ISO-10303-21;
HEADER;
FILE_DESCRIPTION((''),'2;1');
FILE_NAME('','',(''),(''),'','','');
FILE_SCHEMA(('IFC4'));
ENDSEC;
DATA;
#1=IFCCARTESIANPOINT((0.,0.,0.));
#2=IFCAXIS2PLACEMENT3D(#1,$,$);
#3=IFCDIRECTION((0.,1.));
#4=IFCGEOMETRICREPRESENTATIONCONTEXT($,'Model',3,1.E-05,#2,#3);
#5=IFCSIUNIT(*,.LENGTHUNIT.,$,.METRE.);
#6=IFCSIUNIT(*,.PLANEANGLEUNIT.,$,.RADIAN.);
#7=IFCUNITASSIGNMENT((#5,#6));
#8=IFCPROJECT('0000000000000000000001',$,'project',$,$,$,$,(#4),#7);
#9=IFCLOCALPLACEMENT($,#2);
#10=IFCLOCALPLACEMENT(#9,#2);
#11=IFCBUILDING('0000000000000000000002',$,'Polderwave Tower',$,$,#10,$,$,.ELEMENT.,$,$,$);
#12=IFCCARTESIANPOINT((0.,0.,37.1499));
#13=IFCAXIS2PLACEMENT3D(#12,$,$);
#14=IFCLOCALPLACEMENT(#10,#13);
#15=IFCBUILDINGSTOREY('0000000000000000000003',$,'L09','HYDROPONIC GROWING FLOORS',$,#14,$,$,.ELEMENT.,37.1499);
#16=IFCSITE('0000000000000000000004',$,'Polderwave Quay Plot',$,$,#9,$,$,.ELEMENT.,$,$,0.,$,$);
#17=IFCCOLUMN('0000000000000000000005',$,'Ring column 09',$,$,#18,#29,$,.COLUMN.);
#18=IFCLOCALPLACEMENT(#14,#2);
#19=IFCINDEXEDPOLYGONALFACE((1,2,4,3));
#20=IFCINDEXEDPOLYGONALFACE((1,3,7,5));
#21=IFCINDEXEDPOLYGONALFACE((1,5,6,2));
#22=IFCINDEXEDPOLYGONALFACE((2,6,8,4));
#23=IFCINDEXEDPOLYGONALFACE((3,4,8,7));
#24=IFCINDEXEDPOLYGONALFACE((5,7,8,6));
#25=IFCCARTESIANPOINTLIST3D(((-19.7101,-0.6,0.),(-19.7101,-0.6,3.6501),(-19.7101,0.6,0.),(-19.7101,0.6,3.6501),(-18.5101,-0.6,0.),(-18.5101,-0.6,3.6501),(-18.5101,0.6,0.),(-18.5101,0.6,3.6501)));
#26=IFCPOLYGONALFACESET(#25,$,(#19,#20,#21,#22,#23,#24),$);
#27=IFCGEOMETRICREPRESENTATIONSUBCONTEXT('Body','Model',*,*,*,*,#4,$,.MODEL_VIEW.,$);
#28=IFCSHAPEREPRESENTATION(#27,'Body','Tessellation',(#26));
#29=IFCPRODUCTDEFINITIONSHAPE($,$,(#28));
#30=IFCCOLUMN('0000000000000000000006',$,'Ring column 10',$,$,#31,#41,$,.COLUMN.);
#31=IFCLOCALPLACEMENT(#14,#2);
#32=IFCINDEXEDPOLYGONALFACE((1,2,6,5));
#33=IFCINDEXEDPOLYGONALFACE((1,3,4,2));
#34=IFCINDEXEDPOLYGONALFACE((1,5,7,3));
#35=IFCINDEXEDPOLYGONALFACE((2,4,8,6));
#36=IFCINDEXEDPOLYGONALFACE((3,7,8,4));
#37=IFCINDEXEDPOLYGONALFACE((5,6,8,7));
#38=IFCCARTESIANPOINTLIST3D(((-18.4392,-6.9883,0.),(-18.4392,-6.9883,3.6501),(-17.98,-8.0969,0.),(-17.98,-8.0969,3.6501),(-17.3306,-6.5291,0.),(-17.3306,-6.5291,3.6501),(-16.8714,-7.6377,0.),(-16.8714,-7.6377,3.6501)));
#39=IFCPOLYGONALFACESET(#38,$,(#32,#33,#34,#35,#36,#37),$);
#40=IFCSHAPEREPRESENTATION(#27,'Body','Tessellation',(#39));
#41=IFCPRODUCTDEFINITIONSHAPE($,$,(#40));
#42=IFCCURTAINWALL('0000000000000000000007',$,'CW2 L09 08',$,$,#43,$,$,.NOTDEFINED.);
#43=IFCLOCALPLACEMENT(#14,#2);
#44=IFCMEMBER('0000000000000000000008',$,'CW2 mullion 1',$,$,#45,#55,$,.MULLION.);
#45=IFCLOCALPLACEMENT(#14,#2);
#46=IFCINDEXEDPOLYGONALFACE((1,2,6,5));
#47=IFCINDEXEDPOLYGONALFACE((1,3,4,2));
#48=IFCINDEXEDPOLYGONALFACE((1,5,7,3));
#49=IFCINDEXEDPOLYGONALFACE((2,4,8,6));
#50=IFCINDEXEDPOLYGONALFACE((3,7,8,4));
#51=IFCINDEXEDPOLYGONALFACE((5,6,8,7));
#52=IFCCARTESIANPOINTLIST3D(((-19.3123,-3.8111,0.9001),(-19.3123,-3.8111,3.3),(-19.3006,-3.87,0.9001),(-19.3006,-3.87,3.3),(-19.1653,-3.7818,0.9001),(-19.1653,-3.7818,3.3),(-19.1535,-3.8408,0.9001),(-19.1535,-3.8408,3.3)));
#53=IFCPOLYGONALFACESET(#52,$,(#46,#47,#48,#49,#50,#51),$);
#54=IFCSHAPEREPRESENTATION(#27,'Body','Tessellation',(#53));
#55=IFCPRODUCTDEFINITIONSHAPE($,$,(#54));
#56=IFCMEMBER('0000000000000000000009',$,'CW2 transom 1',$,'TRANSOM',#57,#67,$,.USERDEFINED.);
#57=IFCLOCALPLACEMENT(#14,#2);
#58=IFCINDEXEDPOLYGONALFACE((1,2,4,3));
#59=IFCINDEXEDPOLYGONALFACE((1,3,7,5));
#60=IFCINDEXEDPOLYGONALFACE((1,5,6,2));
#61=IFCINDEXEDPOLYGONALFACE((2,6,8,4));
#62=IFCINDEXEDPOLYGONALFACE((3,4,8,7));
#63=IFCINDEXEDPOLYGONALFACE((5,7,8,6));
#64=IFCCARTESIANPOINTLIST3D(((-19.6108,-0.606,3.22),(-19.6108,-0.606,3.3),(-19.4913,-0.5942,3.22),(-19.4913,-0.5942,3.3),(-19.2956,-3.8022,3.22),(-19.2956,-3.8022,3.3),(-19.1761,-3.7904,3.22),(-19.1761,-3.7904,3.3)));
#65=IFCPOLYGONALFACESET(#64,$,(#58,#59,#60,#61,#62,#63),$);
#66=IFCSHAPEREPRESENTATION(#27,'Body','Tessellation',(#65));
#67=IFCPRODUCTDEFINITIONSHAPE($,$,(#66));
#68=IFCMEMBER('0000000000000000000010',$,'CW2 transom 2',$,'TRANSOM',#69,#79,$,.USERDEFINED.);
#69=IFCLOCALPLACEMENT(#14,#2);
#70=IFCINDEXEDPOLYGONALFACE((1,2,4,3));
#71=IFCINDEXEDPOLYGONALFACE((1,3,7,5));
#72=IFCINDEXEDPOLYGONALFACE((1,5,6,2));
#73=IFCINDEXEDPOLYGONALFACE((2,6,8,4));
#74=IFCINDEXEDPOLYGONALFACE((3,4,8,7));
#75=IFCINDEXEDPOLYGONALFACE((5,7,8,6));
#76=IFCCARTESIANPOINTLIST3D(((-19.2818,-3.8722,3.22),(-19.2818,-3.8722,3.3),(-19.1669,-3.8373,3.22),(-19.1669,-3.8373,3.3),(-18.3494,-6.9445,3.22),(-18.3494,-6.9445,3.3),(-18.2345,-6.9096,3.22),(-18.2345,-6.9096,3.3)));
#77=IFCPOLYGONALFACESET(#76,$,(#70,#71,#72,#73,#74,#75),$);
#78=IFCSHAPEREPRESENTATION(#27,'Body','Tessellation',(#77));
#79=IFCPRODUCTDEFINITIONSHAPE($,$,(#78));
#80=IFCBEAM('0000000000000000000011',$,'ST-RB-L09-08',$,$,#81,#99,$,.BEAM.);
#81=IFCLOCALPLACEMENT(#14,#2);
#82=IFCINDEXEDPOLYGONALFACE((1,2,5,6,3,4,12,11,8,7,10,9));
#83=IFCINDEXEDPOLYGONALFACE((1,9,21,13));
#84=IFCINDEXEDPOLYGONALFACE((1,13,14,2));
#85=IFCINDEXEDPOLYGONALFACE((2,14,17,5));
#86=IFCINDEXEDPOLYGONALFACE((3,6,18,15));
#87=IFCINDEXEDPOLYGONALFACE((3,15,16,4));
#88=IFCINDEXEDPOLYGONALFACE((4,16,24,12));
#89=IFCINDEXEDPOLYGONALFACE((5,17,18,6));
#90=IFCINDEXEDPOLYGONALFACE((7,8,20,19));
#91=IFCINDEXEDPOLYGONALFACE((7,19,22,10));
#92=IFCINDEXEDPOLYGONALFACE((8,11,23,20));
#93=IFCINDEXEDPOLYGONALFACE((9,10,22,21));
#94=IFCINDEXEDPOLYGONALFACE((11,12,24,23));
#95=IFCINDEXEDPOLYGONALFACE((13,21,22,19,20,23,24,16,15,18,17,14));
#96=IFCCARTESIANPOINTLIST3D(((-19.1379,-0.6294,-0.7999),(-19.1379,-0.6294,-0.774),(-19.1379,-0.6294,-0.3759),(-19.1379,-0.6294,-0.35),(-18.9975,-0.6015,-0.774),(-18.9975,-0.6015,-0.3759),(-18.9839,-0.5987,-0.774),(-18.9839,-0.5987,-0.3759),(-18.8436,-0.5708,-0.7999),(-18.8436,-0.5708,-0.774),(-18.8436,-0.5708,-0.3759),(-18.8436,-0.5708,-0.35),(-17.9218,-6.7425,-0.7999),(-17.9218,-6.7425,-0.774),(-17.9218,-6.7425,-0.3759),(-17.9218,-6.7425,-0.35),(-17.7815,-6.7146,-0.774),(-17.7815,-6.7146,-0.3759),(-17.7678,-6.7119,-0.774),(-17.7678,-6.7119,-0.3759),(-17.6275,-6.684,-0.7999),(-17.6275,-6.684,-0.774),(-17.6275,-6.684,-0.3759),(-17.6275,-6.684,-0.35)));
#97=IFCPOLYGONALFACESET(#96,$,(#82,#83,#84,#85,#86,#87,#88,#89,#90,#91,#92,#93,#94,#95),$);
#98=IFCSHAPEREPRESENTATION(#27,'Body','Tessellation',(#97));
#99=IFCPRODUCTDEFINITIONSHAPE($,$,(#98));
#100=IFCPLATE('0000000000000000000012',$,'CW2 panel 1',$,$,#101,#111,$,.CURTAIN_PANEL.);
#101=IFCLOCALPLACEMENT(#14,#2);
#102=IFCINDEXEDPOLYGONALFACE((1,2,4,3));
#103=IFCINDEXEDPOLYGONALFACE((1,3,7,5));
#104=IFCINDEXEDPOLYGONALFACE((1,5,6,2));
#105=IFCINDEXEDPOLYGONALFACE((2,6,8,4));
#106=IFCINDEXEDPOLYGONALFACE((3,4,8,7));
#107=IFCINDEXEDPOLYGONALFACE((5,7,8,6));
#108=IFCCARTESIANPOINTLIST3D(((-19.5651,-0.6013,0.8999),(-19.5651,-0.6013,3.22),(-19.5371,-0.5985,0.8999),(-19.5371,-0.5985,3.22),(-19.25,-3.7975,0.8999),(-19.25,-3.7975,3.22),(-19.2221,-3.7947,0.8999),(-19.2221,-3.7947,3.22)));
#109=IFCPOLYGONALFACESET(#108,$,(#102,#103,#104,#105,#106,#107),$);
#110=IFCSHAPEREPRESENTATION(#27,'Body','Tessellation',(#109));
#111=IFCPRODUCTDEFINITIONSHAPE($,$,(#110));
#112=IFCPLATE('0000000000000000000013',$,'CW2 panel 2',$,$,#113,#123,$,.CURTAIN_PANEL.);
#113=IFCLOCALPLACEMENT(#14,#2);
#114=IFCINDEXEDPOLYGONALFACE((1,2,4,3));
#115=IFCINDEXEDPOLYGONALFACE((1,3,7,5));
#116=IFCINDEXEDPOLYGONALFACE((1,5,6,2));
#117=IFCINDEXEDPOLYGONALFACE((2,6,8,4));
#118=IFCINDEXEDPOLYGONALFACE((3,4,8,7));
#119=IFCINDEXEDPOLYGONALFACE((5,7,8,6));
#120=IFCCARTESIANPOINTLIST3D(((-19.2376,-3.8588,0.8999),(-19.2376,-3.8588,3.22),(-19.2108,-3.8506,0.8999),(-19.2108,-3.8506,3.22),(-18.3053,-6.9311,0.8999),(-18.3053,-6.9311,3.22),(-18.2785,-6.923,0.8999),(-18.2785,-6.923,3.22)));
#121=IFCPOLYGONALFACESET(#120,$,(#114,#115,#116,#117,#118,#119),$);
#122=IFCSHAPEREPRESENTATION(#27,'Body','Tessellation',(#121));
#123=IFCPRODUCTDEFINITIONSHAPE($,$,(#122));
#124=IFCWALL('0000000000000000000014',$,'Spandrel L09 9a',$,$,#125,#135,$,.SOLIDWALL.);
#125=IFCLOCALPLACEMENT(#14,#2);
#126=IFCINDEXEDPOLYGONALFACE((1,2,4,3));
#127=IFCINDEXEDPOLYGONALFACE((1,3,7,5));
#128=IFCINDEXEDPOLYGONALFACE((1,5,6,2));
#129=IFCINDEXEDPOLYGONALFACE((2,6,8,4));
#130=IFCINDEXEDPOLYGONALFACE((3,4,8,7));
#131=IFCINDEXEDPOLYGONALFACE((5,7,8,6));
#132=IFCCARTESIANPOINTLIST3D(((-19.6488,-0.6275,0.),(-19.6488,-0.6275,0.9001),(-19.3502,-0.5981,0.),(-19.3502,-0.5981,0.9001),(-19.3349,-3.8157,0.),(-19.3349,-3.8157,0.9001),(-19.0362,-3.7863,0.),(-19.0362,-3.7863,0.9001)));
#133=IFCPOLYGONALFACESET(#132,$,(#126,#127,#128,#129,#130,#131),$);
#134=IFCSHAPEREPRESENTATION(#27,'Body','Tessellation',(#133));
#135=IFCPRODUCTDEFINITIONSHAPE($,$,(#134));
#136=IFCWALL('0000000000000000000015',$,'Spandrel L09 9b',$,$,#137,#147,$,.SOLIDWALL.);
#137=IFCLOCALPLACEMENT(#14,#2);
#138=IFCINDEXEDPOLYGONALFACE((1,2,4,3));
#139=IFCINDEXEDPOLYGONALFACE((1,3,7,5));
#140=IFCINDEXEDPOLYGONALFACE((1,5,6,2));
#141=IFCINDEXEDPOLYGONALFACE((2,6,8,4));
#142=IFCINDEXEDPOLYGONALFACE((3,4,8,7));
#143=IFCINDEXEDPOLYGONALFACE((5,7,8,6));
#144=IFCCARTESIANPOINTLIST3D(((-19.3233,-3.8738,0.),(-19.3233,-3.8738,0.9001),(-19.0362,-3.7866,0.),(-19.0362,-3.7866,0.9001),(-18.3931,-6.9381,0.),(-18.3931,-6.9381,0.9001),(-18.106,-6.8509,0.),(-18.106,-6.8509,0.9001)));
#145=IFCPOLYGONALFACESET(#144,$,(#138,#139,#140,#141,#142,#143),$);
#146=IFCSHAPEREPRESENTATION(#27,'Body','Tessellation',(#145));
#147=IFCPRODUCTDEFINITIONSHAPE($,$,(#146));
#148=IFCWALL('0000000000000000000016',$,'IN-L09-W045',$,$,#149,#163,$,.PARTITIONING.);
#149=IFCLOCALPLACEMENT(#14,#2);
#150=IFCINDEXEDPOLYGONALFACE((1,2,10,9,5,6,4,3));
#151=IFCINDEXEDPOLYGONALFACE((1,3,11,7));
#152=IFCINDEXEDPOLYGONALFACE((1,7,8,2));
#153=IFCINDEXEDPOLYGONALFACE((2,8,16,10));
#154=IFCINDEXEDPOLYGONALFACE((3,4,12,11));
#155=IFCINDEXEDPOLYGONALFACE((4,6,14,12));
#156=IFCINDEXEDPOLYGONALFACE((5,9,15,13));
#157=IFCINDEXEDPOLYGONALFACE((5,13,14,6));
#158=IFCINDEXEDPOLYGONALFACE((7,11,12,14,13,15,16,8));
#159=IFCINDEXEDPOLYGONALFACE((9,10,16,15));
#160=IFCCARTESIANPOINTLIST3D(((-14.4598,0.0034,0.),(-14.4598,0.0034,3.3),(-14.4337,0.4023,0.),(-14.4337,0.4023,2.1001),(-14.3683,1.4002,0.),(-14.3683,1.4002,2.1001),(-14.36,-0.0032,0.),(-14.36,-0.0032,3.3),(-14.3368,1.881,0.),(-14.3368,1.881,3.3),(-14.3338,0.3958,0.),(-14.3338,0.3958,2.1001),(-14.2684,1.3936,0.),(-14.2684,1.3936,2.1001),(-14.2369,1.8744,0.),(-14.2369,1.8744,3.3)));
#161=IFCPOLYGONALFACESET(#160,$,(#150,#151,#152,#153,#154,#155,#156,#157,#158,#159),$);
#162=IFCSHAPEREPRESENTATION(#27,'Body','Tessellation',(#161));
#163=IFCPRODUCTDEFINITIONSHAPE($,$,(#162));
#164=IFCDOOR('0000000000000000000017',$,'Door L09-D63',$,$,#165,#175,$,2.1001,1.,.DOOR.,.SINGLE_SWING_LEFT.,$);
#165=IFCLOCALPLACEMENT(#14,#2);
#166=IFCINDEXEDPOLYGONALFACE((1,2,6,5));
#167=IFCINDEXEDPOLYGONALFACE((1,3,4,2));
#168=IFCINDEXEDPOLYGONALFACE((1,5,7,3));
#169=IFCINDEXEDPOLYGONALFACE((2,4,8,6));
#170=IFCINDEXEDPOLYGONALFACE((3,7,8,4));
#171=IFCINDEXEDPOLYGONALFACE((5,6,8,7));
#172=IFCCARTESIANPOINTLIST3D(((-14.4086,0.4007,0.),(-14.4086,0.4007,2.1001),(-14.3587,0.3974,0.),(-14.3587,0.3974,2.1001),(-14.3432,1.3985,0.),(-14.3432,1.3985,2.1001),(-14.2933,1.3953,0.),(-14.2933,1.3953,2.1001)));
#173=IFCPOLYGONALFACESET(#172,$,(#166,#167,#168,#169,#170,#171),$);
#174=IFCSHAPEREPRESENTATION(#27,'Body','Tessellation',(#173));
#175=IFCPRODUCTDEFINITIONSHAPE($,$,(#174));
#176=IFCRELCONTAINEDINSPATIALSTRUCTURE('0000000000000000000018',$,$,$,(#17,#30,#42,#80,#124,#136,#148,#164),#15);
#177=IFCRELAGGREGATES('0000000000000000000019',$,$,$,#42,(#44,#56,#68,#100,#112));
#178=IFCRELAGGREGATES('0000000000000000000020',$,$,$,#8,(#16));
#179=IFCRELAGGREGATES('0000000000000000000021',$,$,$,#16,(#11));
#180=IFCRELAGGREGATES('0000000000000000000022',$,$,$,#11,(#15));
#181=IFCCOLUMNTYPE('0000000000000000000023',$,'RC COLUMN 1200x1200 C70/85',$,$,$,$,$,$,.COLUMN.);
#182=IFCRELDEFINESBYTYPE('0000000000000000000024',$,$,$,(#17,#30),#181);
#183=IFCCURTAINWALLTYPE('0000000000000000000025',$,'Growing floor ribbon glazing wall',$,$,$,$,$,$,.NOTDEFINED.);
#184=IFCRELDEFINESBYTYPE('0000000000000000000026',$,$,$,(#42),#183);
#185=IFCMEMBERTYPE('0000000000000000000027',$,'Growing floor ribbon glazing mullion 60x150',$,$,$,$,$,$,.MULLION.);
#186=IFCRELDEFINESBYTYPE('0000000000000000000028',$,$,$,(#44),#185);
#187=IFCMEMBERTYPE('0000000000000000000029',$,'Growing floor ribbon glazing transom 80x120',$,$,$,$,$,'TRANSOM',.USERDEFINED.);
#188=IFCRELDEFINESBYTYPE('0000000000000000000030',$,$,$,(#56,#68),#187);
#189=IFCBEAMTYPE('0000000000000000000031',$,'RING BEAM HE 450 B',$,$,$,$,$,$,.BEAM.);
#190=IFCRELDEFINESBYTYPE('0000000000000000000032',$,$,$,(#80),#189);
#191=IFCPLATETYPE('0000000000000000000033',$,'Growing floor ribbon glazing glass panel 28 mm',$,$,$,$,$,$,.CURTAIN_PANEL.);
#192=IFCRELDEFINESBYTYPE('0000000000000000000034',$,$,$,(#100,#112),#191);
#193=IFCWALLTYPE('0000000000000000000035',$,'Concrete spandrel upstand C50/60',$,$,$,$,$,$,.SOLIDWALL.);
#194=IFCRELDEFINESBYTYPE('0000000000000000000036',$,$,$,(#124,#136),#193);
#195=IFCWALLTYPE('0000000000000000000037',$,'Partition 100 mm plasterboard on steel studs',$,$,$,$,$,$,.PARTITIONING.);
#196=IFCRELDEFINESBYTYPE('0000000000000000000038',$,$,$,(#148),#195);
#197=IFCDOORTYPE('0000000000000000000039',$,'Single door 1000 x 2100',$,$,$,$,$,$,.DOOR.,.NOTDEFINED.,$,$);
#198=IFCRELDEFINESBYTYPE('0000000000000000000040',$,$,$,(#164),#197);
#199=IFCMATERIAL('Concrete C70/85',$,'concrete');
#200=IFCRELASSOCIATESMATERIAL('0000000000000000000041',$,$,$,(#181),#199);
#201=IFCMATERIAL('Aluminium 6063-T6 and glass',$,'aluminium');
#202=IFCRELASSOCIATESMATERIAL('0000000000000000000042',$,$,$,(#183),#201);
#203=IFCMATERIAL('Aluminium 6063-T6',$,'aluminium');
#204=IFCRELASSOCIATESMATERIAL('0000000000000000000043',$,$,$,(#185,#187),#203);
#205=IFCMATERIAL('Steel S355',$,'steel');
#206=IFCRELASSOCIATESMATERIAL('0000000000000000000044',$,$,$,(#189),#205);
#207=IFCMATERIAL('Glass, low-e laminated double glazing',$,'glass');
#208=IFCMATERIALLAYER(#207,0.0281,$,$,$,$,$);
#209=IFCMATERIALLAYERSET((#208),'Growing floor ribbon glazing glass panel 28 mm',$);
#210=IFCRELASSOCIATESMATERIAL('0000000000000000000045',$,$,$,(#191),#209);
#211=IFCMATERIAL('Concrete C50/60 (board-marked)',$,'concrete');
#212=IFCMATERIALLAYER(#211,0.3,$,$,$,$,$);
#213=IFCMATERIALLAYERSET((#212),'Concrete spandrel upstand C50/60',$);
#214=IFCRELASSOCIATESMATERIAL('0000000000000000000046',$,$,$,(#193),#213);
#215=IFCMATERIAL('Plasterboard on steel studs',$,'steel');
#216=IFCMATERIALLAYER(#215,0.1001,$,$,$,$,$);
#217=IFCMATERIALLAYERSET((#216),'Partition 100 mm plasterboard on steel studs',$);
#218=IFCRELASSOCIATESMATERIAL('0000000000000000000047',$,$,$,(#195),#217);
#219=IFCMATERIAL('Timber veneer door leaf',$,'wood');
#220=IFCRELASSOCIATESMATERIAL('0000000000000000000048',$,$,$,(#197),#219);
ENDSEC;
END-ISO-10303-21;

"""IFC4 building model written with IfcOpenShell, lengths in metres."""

from ifc_helpers import new_model, si_unit, direction, frame, frame_2d, origin, origin_2d, place, context, subcontext, project, spatial, rectangle, i_section, extrude, material, layer, layer_set, material_profile, profile_set, type_object, element, fill, aggregate, save


model = new_model("IFC4")

# Units and contexts
model_context = context("Model", 3, precision=1e-05, world=origin(), true_north=direction((0.0, 1.0)))
body_context = subcontext(model_context, "Body", "Model", "MODEL_VIEW")
ifc_project = project(units=[si_unit("LENGTHUNIT", "METRE"), si_unit("PLANEANGLEUNIT", "RADIAN")], contexts=[model_context])

# Site, building, storey
site_placement = place(None, origin())
site = spatial("IfcSite", under=ifc_project, at=site_placement, Name="Polderwave Quay Plot", CompositionType="ELEMENT", RefElevation=0.0)
building_placement = place(site_placement, origin())
building = spatial("IfcBuilding", under=site, at=building_placement, Name="Polderwave Tower", CompositionType="ELEMENT")
storey_placement = place(building_placement, frame((0.0, 0.0, 37.1499)))
storey = spatial("IfcBuildingStorey", under=building, at=storey_placement, Name="L09", Description="HYDROPONIC GROWING FLOORS", CompositionType="ELEMENT", Elevation=37.1499)

# Columns
ifc_material_1 = material(Name="Concrete C70/85", Category="concrete")
ifc_material_profile_1 = material_profile(ifc_material_1, rectangle(XDim=1.2, YDim=1.2, at=origin_2d()), Name="RC 1200x1200")
ifc_profile_set_1 = profile_set([ifc_material_profile_1], Name="Concrete C70/85")
column_type = type_object("IfcColumnType", Name="RC COLUMN 1200x1200 C70/85", PredefinedType="COLUMN", material=ifc_profile_set_1)
for number, where, z_axis, x_axis, name in (
    (1, (-19.1101, 0.0, 0.0), (0.0, 0.0, 1.0), (-1.0, 0.0, 0.0), "Ring column 09"),
    (2, (-17.6553, -7.313, 0.0), (0.0, 0.0, 1.0), (-0.92388, -0.382683, 0.0), "Ring column 10"),
):
    element("IfcColumn", number, at=place(storey_placement, frame(where, z_axis=z_axis, x_axis=x_axis)), inside=storey, type_object=column_type, Name=name, PredefinedType="COLUMN", context=body_context, shape_type="SweptSolid", body=[
        extrude(rectangle(XDim=1.2, YDim=1.2, at=origin_2d()), origin(), (0.0, 0.0, 1.0), 3.6501),
    ])

# Curtain wall, members
ifc_material_2 = material(Name="Aluminium 6063-T6 and glass", Category="aluminium")
curtain_wall_type = type_object("IfcCurtainWallType", Name="Growing floor ribbon glazing wall", PredefinedType="NOTDEFINED", material=ifc_material_2)
curtain_wall_placement = place(storey_placement, origin())
curtain_wall = element("IfcCurtainWall", 3, at=curtain_wall_placement, inside=storey, type_object=curtain_wall_type, Name="CW2 L09 08", PredefinedType="NOTDEFINED")
ifc_material_3 = material(Name="Aluminium 6063-T6", Category="aluminium")
ifc_material_profile_2 = material_profile(ifc_material_3, rectangle(XDim=0.1499, YDim=0.0601, at=origin_2d()), Name="AL 60x150")
ifc_profile_set_2 = profile_set([ifc_material_profile_2], Name="Aluminium 6063-T6")
member_type_1 = type_object("IfcMemberType", Name="Growing floor ribbon glazing mullion 60x150", PredefinedType="MULLION", material=ifc_profile_set_2)
member_1_placement = place(storey_placement, frame((-19.2329, -3.8259, 0.9001), z_axis=(0.0, 0.0, 1.0), x_axis=(0.980768, 0.195178, 0.0)))
member_1 = element("IfcMember", 4, at=member_1_placement, type_object=member_type_1, Name="CW2 mullion 1", PredefinedType="MULLION", context=body_context, shape_type="SweptSolid", body=[
    extrude(rectangle(XDim=0.1499, YDim=0.0601, at=origin_2d()), origin(), (0.0, 0.0, 1.0), 2.3999),
])
ifc_material_profile_3 = material_profile(ifc_material_3, rectangle(XDim=0.1201, YDim=0.0801, at=origin_2d()), Name="AL 80x120")
ifc_profile_set_3 = profile_set([ifc_material_profile_3], Name="Aluminium 6063-T6")
member_type_2 = type_object("IfcMemberType", Name="Growing floor ribbon glazing transom 80x120", ElementType="TRANSOM", PredefinedType="USERDEFINED", material=ifc_profile_set_3)
member_2_placement = place(storey_placement, frame((-19.551, -0.6001, 3.26), z_axis=(0.098141, -0.995172, 0.0), x_axis=(0.995172, 0.098141, 0.0)))
member_2 = element("IfcMember", 5, at=member_2_placement, type_object=member_type_2, Name="CW2 transom 1", ObjectType="TRANSOM", PredefinedType="USERDEFINED", context=body_context, shape_type="SweptSolid", body=[
    extrude(rectangle(XDim=0.1201, YDim=0.0801, at=origin_2d()), origin(), (0.0, 0.0, 1.0), 3.2117),
])
member_3_placement = place(storey_placement, frame((-19.2244, -3.8547, 3.26), z_axis=(0.290402, -0.956905, 0.0), x_axis=(0.956905, 0.290402, 0.0)))
member_3 = element("IfcMember", 6, at=member_3_placement, type_object=member_type_2, Name="CW2 transom 2", ObjectType="TRANSOM", PredefinedType="USERDEFINED", context=body_context, shape_type="SweptSolid", body=[
    extrude(rectangle(XDim=0.1201, YDim=0.0801, at=origin_2d()), origin(), (0.0, 0.0, 1.0), 3.2107),
])

# Beam
ifc_material_4 = material(Name="Steel S355", Category="steel")
ifc_material_profile_4 = material_profile(ifc_material_4, i_section(OverallWidth=0.3, OverallDepth=0.45, WebThickness=0.0139, FlangeThickness=0.0259, at=origin_2d()), Name="HE 450 B")
ifc_profile_set_4 = profile_set([ifc_material_profile_4], Name="Steel S355")
beam_type = type_object("IfcBeamType", Name="RING BEAM HE 450 B", PredefinedType="BEAM", material=ifc_profile_set_4)
beam_placement = place(storey_placement, frame((-18.9907, -0.6001, -0.575), z_axis=(0.195107, -0.980782, 0.0), x_axis=(0.980782, 0.195107, 0.0)))
element("IfcBeam", 7, at=beam_placement, inside=storey, type_object=beam_type, Name="ST-RB-L09-08", PredefinedType="BEAM", context=body_context, shape_type="SweptSolid", body=[
    extrude(i_section(OverallWidth=0.3, OverallDepth=0.45, WebThickness=0.0139, FlangeThickness=0.0259, at=origin_2d()), origin(), (0.0, 0.0, 1.0), 6.2329),
])

# Plates
ifc_material_5 = material(Name="Glass, low-e laminated double glazing", Category="glass")
ifc_layer_1 = layer(ifc_material_5, 0.0281)
ifc_layer_set_1 = layer_set([ifc_layer_1], Name="Growing floor ribbon glazing glass panel 28 mm")
plate_type = type_object("IfcPlateType", Name="Growing floor ribbon glazing glass panel 28 mm", PredefinedType="CURTAIN_PANEL", material=ifc_layer_set_1)
plate_1_placement = place(storey_placement, frame((-19.3936, -2.198, 0.8999), z_axis=(0.0, 0.0, 1.0), x_axis=(0.098099, -0.995177, 0.0)))
plate_1 = element("IfcPlate", 8, at=plate_1_placement, type_object=plate_type, Name="CW2 panel 1", PredefinedType="CURTAIN_PANEL", context=body_context, shape_type="SweptSolid", body=[
    extrude(rectangle(XDim=3.2117, YDim=0.0281, at=origin_2d()), origin(), (0.0, 0.0, 1.0), 2.3201),
])
plate_2_placement = place(storey_placement, frame((-18.7581, -5.3909, 0.8999), z_axis=(0.0, 0.0, 1.0), x_axis=(0.290375, -0.956913, 0.0)))
plate_2 = element("IfcPlate", 9, at=plate_2_placement, type_object=plate_type, Name="CW2 panel 2", PredefinedType="CURTAIN_PANEL", context=body_context, shape_type="SweptSolid", body=[
    extrude(rectangle(XDim=3.2107, YDim=0.0281, at=origin_2d()), origin(), (0.0, 0.0, 1.0), 2.3201),
])
aggregate(curtain_wall, [member_1, member_2, member_3, plate_1, plate_2])

# Walls
ifc_material_6 = material(Name="Concrete C50/60 (board-marked)", Category="concrete")
ifc_layer_2 = layer(ifc_material_6, 0.3)
ifc_layer_set_2 = layer_set([ifc_layer_2], Name="Concrete spandrel upstand C50/60")
wall_type_1 = type_object("IfcWallType", Name="Concrete spandrel upstand C50/60", PredefinedType="SOLIDWALL", material=ifc_layer_set_2)
wall_1_placement = place(storey_placement, frame((-19.4995, -0.6128, 0.0), z_axis=(0.0, 0.0, 1.0), x_axis=(0.098002, -0.995186, 0.0)))
element("IfcWall", 10, at=wall_1_placement, inside=storey, type_object=wall_type_1, Name="Spandrel L09 9a", PredefinedType="SOLIDWALL", context=body_context, shape_type="SweptSolid", body=[
    extrude(rectangle(XDim=3.2036, YDim=0.3, at=frame_2d((1.6018, 0.0))), origin(), (0.0, 0.0, 1.0), 0.9001),
])
wall_2_placement = place(storey_placement, frame((-19.1797, -3.8303, 0.0), z_axis=(0.0, 0.0, 1.0), x_axis=(0.290473, -0.956883, 0.0)))
element("IfcWall", 11, at=wall_2_placement, inside=storey, type_object=wall_type_1, Name="Spandrel L09 9b", PredefinedType="SOLIDWALL", context=body_context, shape_type="SweptSolid", body=[
    extrude(rectangle(XDim=3.2024, YDim=0.3, at=frame_2d((1.6011, 0.0))), origin(), (0.0, 0.0, 1.0), 0.9001),
])

# Wall, opening, door
ifc_material_7 = material(Name="Plasterboard on steel studs", Category="steel")
ifc_layer_3 = layer(ifc_material_7, 0.1001)
ifc_layer_set_3 = layer_set([ifc_layer_3], Name="Partition 100 mm plasterboard on steel studs")
wall_type_2 = type_object("IfcWallType", Name="Partition 100 mm plasterboard on steel studs", PredefinedType="PARTITIONING", material=ifc_layer_set_3)
wall_3_placement = place(storey_placement, frame((-14.4099, 0.0, 0.0), z_axis=(0.0, 0.0, 1.0), x_axis=(0.065391, 0.99786, 0.0)))
wall_3 = element("IfcWall", 12, at=wall_3_placement, inside=storey, type_object=wall_type_2, Name="IN-L09-W045", PredefinedType="PARTITIONING", context=body_context, shape_type="SweptSolid", body=[
    extrude(rectangle(XDim=1.8816, YDim=0.1001, at=frame_2d((0.9409, 0.0))), origin(), (0.0, 0.0, 1.0), 3.3),
])
opening_1_placement = place(wall_3_placement, frame((0.3999, 0.0, 0.0)))
opening_1 = element("IfcOpeningElement", 13, at=opening_1_placement, cuts=wall_3, PredefinedType="OPENING", context=body_context, shape_type="SweptSolid", body=[
    extrude(rectangle(XDim=1.0, YDim=2.1001, at=frame_2d((0.5, 1.05))), frame((0.0, 0.0601, 0.0), z_axis=(0.0, -1.0, 0.0), x_axis=(1.0, 0.0, 0.0)), (0.0, 0.0, 1.0), 0.1201),
])
ifc_material_8 = material(Name="Timber veneer door leaf", Category="wood")
door_type_1 = type_object("IfcDoorType", Name="Single door 1000 x 2100", OperationType="NOTDEFINED", PredefinedType="DOOR", material=ifc_material_8)
door_1_placement = place(opening_1_placement, origin())
door_1 = element("IfcDoor", 14, at=door_1_placement, inside=storey, type_object=door_type_1, Name="Door L09-D63", OperationType="SINGLE_SWING_LEFT", OverallHeight=2.1001, OverallWidth=1.0, PredefinedType="DOOR", context=body_context, shape_type="SweptSolid", body=[
    extrude(rectangle(XDim=1.0, YDim=2.1001, at=frame_2d((0.5, 1.05))), frame((0.0, 0.0249, 0.0), z_axis=(0.0, -1.0, 0.0), x_axis=(1.0, 0.0, 0.0)), (0.0, 0.0, 1.0), 0.05),
])
fill(opening_1, door_1)

save(model, "model.ifc")
